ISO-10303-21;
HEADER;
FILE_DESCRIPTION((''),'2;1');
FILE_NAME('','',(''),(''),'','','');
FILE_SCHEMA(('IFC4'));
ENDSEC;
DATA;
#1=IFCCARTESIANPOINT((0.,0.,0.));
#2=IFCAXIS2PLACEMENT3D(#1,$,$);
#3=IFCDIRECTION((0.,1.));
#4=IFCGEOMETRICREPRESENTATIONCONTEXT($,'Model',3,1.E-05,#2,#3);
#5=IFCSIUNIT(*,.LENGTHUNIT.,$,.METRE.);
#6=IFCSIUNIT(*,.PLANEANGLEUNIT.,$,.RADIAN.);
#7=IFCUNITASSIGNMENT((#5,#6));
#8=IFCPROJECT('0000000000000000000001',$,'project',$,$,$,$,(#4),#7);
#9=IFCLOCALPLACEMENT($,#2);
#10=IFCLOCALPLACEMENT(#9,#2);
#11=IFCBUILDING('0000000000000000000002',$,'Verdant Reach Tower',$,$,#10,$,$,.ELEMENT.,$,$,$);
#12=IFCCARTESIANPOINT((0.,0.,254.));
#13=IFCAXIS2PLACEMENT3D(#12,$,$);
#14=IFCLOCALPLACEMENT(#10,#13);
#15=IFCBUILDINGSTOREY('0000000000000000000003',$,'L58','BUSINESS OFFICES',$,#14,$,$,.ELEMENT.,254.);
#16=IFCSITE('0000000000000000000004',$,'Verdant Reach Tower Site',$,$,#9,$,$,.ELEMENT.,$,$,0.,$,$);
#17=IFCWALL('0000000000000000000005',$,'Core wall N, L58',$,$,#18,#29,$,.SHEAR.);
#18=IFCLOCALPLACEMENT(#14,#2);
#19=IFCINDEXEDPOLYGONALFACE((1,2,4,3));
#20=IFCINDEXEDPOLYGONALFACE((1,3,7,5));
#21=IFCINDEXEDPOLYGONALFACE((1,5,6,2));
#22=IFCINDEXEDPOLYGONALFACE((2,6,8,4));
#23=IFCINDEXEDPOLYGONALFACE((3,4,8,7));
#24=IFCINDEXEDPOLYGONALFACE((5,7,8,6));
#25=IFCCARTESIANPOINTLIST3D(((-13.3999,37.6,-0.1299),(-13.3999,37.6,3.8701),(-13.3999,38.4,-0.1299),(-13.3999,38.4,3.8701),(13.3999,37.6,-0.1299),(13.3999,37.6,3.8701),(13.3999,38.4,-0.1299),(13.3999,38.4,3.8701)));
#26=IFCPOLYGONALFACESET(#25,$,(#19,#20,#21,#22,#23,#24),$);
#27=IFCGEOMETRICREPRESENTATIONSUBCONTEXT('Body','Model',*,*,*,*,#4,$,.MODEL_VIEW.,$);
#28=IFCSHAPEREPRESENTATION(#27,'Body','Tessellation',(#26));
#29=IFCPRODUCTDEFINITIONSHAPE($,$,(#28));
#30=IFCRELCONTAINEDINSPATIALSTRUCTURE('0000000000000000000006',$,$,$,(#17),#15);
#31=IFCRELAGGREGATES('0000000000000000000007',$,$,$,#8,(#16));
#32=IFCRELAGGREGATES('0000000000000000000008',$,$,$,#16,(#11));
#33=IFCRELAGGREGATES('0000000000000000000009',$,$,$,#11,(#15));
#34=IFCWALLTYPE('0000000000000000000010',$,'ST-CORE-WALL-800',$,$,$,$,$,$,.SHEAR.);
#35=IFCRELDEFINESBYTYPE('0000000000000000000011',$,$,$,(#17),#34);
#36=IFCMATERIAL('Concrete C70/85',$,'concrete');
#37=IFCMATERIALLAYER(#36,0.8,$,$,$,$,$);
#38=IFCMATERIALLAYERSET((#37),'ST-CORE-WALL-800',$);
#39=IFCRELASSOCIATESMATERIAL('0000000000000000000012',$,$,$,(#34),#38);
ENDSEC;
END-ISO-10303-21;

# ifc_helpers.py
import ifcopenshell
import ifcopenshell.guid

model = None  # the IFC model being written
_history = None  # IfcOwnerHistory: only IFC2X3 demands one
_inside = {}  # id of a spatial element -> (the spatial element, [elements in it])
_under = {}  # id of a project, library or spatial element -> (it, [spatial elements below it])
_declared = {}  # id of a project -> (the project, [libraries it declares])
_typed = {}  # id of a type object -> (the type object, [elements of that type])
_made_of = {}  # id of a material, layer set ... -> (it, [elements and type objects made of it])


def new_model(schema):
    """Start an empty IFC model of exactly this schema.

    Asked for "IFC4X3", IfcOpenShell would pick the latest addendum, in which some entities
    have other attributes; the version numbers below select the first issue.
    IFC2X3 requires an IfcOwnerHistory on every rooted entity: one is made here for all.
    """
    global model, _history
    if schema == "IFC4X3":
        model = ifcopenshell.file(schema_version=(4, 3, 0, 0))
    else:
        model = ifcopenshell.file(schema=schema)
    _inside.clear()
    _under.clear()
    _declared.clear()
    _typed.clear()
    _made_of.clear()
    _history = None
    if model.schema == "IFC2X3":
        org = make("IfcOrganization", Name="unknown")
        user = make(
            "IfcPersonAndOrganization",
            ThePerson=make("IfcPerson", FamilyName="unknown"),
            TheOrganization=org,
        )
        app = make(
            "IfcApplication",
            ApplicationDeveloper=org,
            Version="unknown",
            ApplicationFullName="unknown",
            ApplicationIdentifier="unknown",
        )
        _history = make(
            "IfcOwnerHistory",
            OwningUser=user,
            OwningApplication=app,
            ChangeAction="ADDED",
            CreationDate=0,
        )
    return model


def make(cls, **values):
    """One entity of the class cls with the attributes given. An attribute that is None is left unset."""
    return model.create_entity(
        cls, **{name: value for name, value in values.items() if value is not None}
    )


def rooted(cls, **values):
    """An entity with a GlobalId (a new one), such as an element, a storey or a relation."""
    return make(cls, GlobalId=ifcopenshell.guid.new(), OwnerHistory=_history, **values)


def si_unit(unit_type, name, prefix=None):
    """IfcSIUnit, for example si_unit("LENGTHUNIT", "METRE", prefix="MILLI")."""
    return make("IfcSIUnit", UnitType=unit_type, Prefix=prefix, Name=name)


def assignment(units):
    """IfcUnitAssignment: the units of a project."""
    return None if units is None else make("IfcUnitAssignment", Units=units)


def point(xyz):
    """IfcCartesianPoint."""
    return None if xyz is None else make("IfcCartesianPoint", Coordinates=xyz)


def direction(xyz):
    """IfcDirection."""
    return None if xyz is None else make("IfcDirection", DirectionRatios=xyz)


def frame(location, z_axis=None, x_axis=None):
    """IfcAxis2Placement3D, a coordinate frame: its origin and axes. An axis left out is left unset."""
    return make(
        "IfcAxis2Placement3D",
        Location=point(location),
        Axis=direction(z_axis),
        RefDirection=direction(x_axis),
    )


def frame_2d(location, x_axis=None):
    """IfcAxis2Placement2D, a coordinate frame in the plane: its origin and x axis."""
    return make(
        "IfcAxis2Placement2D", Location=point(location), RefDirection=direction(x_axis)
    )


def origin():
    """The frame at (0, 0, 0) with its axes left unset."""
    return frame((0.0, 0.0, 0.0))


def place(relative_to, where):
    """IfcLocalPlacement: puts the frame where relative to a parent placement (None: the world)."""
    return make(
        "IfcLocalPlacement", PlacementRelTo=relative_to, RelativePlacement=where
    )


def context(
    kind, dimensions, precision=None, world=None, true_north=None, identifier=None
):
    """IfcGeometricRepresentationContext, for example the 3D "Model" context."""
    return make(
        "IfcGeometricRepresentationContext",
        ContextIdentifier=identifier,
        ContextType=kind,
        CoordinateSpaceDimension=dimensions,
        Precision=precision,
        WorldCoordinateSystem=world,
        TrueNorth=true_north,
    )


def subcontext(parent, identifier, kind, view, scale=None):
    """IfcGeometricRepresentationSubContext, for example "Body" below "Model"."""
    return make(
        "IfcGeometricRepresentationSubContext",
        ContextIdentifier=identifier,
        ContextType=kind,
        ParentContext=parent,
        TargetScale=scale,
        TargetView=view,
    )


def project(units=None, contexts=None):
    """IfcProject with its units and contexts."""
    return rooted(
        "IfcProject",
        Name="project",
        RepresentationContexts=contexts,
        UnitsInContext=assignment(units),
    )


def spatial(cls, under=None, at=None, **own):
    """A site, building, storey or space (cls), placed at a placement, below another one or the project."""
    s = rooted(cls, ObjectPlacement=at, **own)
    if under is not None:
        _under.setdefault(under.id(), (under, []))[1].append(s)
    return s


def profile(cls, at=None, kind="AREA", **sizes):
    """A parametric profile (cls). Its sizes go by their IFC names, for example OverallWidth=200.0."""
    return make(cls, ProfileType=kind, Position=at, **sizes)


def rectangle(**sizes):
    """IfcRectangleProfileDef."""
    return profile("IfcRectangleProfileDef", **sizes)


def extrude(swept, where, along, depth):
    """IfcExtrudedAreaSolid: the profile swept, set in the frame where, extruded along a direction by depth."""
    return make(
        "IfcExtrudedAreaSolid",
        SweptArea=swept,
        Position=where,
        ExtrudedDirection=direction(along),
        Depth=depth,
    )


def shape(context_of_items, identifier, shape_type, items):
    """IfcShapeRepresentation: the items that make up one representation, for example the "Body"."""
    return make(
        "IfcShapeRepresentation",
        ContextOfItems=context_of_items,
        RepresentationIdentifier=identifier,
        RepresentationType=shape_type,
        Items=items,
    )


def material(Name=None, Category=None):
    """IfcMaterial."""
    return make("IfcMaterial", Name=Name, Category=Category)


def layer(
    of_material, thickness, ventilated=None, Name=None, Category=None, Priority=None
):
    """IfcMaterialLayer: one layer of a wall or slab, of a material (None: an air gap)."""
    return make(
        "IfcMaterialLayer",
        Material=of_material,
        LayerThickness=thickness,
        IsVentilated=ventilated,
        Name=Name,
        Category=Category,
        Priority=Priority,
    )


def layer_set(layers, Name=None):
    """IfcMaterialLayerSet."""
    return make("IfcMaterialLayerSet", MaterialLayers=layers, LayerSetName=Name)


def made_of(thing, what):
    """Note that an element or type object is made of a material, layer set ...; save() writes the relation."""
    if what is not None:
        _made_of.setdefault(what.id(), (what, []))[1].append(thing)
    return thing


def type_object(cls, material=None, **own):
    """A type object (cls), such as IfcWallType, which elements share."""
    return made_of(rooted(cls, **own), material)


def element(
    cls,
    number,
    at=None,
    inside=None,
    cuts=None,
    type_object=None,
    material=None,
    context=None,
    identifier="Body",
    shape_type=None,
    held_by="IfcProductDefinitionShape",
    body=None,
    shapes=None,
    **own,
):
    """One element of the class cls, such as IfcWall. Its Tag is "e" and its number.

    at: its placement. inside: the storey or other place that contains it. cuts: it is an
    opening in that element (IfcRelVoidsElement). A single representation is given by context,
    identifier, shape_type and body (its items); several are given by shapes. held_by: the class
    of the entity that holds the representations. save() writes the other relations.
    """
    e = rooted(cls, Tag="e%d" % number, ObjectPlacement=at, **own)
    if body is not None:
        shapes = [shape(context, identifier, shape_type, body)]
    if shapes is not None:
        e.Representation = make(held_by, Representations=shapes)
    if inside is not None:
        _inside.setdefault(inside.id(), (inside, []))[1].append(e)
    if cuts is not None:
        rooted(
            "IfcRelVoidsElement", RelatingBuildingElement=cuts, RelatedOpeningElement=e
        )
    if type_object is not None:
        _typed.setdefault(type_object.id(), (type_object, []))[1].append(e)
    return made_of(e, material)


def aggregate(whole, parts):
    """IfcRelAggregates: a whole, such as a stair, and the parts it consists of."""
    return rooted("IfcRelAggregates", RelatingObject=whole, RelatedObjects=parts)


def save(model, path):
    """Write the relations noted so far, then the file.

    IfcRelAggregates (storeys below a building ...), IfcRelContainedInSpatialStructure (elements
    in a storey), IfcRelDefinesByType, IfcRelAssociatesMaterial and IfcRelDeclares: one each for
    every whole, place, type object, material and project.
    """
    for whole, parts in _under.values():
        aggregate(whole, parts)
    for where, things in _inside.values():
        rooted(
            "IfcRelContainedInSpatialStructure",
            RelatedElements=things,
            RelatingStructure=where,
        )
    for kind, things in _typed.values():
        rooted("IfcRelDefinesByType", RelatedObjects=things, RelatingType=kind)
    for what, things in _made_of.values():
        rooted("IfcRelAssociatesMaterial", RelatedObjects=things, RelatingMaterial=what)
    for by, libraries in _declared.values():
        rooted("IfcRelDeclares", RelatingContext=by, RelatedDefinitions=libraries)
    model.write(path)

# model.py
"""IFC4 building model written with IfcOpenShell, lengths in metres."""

from ifc_helpers import new_model, si_unit, direction, frame, frame_2d, origin, place, context, subcontext, project, spatial, rectangle, extrude, material, layer, layer_set, type_object, element, save


model = new_model("IFC4")

# Units and contexts
model_context = context("Model", 3, precision=1e-05, world=origin(), true_north=direction((0.0, 1.0)))
body_context = subcontext(model_context, "Body", "Model", "MODEL_VIEW")
ifc_project = project(units=[si_unit("LENGTHUNIT", "METRE"), si_unit("PLANEANGLEUNIT", "RADIAN")], contexts=[model_context])

# Site, building, storey
site_placement = place(None, origin())
site = spatial("IfcSite", under=ifc_project, at=site_placement, Name="Verdant Reach Tower Site", CompositionType="ELEMENT", RefElevation=0.0)
building_placement = place(site_placement, origin())
building = spatial("IfcBuilding", under=site, at=building_placement, Name="Verdant Reach Tower", CompositionType="ELEMENT")
storey_placement = place(building_placement, frame((0.0, 0.0, 254.0)))
storey = spatial("IfcBuildingStorey", under=building, at=storey_placement, Name="L58", Description="BUSINESS OFFICES", CompositionType="ELEMENT", Elevation=254.0)

# Wall
ifc_material_1 = material(Name="Concrete C70/85", Category="concrete")
ifc_layer_1 = layer(ifc_material_1, 0.8)
ifc_layer_set_1 = layer_set([ifc_layer_1], Name="ST-CORE-WALL-800")
wall_type_1 = type_object("IfcWallType", Name="ST-CORE-WALL-800", PredefinedType="SHEAR", material=ifc_layer_set_1)
wall_1_placement = place(storey_placement, frame((-13.3999, 38.0, -0.1299), z_axis=(0.0, 0.0, 1.0), x_axis=(1.0, 0.0, 0.0)))
element("IfcWall", 1, at=wall_1_placement, inside=storey, type_object=wall_type_1, Name="Core wall N, L58", PredefinedType="SHEAR", context=body_context, shape_type="SweptSolid", body=[
    extrude(rectangle(XDim=26.7998, YDim=0.8, at=frame_2d((13.3999, 0.0))), origin(), (0.0, 0.0, 1.0), 4.0),
])

save(model, "model.ifc")
